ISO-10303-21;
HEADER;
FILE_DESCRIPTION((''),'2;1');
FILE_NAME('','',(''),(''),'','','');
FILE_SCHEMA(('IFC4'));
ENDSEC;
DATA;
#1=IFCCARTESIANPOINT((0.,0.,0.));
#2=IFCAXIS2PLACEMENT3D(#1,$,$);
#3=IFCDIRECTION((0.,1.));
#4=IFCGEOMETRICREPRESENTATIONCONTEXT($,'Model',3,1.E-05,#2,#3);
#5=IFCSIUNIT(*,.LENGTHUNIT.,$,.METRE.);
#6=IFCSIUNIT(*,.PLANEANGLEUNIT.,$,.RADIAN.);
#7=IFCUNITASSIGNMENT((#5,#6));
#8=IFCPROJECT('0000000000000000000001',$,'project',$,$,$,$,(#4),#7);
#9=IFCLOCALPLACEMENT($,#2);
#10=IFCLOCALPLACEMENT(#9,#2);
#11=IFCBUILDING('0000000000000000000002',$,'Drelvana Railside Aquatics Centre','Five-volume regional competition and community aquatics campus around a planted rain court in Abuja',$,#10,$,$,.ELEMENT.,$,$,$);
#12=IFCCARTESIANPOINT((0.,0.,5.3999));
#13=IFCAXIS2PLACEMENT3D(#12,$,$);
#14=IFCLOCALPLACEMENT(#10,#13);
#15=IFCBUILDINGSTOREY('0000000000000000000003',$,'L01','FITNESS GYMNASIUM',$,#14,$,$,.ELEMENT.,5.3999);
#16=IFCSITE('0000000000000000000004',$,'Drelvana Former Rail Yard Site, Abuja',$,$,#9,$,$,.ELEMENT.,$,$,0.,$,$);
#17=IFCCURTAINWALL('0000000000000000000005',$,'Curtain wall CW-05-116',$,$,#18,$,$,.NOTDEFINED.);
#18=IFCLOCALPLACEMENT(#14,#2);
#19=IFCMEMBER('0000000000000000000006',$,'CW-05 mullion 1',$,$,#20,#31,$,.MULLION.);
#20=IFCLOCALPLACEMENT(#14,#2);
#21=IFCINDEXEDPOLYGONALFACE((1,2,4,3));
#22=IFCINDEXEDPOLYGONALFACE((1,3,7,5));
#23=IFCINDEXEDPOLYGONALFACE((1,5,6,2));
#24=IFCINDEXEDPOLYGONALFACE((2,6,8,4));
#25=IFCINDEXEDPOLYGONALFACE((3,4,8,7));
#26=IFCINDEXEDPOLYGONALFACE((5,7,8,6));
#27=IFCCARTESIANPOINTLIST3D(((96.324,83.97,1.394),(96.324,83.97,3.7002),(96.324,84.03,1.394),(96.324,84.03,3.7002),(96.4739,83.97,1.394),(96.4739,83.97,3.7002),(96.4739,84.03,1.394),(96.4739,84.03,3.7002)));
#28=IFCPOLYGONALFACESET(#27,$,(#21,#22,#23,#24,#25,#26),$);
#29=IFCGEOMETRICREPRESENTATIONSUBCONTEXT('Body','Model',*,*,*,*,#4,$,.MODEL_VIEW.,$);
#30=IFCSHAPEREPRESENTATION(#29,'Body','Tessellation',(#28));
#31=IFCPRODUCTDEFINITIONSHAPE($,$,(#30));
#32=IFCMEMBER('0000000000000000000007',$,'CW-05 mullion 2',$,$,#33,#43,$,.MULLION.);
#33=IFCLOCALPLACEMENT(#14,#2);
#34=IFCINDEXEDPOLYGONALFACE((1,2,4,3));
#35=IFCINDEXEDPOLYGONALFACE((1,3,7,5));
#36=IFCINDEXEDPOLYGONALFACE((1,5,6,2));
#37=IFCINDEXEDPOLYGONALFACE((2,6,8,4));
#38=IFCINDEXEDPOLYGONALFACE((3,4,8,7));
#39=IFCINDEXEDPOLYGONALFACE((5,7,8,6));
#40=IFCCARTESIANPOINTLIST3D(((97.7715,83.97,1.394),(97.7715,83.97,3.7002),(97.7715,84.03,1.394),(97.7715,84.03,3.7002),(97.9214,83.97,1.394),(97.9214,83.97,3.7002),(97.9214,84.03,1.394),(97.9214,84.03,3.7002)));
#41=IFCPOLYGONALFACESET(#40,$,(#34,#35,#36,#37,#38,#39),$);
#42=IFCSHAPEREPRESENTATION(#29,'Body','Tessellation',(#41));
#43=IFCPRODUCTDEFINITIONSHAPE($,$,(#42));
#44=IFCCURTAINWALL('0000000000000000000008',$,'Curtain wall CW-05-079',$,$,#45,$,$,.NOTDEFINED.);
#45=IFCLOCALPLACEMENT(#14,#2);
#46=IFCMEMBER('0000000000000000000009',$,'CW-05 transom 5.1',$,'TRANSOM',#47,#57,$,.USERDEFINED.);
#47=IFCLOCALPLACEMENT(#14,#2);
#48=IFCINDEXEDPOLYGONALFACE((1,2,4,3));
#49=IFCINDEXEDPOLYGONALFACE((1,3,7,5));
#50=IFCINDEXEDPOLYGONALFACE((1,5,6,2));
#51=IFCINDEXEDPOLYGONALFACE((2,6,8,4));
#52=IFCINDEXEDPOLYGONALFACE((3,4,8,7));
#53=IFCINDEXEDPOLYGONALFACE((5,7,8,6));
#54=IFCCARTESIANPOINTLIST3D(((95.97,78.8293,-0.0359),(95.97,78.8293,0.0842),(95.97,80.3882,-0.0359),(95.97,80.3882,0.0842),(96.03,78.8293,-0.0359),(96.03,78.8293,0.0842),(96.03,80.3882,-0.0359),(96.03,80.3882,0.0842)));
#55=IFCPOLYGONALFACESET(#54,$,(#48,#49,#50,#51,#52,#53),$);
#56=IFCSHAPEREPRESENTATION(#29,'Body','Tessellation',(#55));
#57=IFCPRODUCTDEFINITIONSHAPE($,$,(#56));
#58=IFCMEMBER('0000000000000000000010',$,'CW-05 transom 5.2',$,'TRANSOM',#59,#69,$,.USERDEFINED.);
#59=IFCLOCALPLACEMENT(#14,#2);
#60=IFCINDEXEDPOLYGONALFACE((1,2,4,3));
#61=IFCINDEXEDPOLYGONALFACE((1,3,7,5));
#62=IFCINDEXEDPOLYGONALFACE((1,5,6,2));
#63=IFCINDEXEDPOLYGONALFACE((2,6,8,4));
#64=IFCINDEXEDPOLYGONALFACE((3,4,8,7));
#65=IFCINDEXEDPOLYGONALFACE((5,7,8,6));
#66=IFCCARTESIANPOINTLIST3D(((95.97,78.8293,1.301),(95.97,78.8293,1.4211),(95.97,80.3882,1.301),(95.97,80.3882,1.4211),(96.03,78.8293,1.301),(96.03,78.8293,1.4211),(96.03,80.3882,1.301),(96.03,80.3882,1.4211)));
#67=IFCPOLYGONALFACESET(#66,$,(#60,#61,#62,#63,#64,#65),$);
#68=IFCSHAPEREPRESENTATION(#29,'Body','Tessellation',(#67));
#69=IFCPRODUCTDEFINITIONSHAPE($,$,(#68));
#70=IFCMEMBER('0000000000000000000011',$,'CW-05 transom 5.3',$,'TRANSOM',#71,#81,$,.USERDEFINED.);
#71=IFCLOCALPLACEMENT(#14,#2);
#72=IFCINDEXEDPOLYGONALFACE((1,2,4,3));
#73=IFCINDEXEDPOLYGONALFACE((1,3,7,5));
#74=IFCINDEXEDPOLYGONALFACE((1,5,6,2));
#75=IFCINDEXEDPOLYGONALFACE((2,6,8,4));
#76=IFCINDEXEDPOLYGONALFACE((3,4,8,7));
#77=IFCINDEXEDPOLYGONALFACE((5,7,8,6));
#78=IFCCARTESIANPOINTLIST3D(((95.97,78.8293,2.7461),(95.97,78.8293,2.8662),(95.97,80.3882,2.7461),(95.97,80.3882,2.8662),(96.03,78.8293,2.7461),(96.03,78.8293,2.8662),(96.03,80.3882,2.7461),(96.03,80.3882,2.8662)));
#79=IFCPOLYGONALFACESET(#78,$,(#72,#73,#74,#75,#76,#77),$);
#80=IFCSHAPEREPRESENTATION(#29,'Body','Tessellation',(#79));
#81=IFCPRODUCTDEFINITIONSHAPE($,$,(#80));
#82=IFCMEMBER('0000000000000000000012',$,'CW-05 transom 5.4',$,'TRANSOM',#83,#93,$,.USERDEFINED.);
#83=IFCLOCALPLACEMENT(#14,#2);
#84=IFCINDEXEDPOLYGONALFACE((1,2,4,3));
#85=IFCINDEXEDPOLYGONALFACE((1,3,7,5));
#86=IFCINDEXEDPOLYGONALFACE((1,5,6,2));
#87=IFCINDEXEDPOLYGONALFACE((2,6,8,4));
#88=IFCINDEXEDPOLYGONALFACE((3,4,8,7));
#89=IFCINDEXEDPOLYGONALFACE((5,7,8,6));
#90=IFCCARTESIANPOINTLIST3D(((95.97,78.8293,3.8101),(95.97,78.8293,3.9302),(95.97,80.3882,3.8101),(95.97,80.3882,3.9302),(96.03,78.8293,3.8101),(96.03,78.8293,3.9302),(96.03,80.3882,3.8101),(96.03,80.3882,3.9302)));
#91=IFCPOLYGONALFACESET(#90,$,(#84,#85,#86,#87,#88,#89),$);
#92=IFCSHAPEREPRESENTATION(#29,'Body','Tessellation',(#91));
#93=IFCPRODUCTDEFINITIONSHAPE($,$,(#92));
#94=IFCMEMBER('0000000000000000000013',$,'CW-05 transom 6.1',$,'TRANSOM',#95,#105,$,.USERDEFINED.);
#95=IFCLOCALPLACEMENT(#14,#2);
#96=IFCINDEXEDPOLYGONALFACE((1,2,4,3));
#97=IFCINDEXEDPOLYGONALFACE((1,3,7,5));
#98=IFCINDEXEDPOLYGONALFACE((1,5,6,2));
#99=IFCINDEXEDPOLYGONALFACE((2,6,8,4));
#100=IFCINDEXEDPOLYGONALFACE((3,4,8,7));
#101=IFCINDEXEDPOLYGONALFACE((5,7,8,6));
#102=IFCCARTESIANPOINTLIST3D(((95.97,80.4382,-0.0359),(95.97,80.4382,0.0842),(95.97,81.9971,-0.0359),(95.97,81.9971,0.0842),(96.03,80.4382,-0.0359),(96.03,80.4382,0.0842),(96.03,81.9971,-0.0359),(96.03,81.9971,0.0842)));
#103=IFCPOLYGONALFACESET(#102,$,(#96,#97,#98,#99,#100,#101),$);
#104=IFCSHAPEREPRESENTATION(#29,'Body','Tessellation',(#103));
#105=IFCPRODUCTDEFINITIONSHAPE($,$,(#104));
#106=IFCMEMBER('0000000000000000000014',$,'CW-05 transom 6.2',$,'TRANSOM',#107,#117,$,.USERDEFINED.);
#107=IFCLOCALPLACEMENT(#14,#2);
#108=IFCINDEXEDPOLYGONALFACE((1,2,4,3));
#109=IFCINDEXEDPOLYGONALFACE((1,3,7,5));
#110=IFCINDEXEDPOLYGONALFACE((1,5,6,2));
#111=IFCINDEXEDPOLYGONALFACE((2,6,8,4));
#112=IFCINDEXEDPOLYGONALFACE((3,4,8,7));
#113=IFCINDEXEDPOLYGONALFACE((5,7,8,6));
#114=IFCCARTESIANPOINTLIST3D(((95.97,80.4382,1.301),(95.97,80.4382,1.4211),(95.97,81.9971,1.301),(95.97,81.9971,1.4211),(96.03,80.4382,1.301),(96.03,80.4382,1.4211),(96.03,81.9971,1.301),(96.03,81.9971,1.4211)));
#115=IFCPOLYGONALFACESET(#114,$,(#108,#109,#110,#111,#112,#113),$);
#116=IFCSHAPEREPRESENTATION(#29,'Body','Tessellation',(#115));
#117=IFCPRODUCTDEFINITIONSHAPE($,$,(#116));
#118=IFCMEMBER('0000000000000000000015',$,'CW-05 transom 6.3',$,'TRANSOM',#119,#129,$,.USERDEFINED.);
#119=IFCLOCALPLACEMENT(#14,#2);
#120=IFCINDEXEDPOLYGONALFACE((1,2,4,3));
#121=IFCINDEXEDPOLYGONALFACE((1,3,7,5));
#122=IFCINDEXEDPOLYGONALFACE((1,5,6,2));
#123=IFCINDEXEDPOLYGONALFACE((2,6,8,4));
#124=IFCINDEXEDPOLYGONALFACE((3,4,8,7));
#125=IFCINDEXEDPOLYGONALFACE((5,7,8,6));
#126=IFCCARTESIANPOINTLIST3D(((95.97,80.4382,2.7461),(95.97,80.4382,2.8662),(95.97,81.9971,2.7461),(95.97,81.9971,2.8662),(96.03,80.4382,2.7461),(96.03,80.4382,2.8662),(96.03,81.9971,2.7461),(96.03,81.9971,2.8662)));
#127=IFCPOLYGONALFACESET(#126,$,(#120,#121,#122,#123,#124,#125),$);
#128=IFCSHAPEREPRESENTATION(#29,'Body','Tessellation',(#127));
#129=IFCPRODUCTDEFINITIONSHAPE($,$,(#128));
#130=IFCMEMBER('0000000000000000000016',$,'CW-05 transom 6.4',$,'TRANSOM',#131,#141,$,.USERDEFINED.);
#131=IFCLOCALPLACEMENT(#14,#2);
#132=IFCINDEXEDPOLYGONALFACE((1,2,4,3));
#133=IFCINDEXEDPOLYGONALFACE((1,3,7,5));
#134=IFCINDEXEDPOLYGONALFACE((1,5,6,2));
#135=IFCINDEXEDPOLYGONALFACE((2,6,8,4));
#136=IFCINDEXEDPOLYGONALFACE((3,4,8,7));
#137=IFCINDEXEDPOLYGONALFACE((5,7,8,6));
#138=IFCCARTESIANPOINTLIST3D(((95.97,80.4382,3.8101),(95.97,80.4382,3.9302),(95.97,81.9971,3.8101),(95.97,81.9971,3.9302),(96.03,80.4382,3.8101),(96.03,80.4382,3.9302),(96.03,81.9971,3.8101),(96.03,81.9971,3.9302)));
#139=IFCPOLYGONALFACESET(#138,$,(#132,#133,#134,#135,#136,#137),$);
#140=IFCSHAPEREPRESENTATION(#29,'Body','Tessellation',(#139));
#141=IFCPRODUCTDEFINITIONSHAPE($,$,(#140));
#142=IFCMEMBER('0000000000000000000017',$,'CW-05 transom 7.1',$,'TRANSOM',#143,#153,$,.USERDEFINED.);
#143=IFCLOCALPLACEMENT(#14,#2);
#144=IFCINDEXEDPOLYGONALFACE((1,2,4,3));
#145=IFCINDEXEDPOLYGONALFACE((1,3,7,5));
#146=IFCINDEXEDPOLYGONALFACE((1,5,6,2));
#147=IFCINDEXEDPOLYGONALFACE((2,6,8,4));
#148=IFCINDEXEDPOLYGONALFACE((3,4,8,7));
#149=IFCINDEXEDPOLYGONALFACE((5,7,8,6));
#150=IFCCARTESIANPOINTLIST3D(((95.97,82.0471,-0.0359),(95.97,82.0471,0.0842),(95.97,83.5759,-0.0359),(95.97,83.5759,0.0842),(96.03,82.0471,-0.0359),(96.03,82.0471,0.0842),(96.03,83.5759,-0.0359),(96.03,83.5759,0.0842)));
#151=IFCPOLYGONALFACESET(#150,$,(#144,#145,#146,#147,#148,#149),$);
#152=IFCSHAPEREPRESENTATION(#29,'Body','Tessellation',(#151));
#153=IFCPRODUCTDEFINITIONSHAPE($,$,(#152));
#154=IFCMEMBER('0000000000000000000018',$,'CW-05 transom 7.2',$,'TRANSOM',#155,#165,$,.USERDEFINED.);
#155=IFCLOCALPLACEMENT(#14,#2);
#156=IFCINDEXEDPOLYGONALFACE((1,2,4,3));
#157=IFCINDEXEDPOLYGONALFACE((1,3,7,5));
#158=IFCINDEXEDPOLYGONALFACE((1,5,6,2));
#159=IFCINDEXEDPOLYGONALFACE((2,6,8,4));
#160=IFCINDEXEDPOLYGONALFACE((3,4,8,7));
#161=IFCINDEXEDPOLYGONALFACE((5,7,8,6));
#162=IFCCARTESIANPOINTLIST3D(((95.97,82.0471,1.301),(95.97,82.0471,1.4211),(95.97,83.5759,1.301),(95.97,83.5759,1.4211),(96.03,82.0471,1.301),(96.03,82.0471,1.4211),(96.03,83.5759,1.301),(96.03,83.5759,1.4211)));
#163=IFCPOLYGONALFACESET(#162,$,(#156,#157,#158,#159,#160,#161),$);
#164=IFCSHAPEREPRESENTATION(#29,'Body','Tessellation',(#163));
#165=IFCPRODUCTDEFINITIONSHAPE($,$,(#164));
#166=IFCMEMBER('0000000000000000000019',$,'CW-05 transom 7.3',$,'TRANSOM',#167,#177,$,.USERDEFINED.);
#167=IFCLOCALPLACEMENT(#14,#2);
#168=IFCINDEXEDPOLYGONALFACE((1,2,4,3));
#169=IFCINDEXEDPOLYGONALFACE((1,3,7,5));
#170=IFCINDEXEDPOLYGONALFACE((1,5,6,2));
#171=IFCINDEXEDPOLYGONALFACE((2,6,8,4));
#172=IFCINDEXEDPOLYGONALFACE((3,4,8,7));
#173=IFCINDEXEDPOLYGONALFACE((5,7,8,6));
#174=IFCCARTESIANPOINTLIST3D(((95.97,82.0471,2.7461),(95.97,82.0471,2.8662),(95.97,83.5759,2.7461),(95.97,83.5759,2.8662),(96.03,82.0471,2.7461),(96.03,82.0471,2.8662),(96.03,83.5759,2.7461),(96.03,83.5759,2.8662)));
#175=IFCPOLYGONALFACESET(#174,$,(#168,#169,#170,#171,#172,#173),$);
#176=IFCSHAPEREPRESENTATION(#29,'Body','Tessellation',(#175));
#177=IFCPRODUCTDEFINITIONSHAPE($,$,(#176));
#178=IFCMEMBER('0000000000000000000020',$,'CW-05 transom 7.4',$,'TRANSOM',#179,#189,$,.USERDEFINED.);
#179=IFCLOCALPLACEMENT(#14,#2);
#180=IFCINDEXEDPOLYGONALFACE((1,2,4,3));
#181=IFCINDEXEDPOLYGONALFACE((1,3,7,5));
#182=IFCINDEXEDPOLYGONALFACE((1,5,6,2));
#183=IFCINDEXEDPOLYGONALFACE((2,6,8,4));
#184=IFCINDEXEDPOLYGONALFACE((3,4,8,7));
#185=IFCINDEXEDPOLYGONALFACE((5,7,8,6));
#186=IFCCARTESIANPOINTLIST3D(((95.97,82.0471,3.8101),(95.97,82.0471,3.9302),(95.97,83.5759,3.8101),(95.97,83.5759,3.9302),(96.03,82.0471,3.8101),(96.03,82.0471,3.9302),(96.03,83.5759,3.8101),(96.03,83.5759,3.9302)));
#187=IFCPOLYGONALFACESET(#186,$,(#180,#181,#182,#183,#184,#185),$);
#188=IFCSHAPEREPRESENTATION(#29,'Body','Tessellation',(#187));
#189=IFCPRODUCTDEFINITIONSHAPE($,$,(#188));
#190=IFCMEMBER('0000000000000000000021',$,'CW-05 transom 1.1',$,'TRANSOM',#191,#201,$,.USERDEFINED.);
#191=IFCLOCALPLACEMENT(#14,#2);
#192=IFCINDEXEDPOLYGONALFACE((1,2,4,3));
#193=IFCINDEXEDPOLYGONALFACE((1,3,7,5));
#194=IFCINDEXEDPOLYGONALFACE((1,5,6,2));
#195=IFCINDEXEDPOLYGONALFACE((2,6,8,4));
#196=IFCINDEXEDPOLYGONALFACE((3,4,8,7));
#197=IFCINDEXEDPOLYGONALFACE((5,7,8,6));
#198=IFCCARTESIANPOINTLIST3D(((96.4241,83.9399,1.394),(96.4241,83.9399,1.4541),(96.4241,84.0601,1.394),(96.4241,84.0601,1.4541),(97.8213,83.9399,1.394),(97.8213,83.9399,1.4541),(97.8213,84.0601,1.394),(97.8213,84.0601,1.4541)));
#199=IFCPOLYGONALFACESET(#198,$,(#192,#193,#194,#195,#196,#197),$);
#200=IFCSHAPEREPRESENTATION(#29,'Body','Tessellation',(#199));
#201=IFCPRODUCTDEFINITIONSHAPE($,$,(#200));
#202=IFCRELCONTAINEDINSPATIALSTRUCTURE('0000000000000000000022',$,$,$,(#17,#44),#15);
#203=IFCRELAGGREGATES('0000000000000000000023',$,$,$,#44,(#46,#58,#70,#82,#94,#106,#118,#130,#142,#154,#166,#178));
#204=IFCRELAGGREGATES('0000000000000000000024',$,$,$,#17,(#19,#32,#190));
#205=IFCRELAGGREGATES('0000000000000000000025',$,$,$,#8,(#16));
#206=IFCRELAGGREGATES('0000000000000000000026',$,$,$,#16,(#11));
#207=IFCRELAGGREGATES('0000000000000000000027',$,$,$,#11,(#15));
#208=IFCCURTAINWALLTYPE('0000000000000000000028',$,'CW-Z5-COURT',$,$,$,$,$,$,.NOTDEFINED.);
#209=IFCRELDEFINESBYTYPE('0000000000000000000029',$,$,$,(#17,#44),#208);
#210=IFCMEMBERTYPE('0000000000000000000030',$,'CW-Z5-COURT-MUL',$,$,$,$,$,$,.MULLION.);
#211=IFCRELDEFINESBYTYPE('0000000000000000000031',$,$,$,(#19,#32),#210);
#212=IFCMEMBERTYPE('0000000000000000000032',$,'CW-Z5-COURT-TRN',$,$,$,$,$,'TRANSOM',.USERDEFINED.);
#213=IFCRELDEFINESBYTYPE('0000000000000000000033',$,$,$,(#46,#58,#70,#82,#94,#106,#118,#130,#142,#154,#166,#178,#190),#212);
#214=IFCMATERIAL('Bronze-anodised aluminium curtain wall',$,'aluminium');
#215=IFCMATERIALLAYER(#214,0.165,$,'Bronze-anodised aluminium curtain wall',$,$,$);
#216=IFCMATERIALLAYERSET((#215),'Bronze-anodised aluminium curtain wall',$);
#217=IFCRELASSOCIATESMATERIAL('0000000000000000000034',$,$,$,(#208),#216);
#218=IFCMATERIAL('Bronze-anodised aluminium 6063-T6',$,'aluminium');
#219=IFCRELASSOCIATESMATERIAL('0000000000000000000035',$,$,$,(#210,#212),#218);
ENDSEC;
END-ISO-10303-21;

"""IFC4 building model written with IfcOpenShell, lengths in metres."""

from ifc_helpers import new_model, si_unit, direction, frame, origin, origin_2d, place, context, subcontext, project, spatial, rectangle, extrude, material, layer, layer_set, material_profile, profile_set, type_object, element, aggregate, save


model = new_model("IFC4")

# Units and contexts
model_context = context("Model", 3, precision=1e-05, world=origin(), true_north=direction((0.0, 1.0)))
body_context = subcontext(model_context, "Body", "Model", "MODEL_VIEW")
ifc_project = project(units=[si_unit("LENGTHUNIT", "METRE"), si_unit("PLANEANGLEUNIT", "RADIAN")], contexts=[model_context])

# Site, building, storey
site_placement = place(None, origin())
site = spatial("IfcSite", under=ifc_project, at=site_placement, Name="Drelvana Former Rail Yard Site, Abuja", CompositionType="ELEMENT", RefElevation=0.0)
building_placement = place(site_placement, origin())
building = spatial("IfcBuilding", under=site, at=building_placement, Name="Drelvana Railside Aquatics Centre", Description="Five-volume regional competition and community aquatics campus around a planted rain court in Abuja", CompositionType="ELEMENT")
storey_placement = place(building_placement, frame((0.0, 0.0, 5.3999)))
storey = spatial("IfcBuildingStorey", under=building, at=storey_placement, Name="L01", Description="FITNESS GYMNASIUM", CompositionType="ELEMENT", Elevation=5.3999)

# Curtain walls, members
ifc_material_1 = material(Name="Bronze-anodised aluminium curtain wall", Category="aluminium")
ifc_layer_1 = layer(ifc_material_1, 0.165, Name="Bronze-anodised aluminium curtain wall")
ifc_layer_set_1 = layer_set([ifc_layer_1], Name="Bronze-anodised aluminium curtain wall")
curtain_wall_type = type_object("IfcCurtainWallType", Name="CW-Z5-COURT", PredefinedType="NOTDEFINED", material=ifc_layer_set_1)
curtain_wall_1_placement = place(storey_placement, origin())
curtain_wall_1 = element("IfcCurtainWall", 1, at=curtain_wall_1_placement, inside=storey, type_object=curtain_wall_type, Name="Curtain wall CW-05-116", PredefinedType="NOTDEFINED")
ifc_material_2 = material(Name="Bronze-anodised aluminium 6063-T6", Category="aluminium")
ifc_material_profile_1 = material_profile(ifc_material_2, rectangle(XDim=0.0601, YDim=0.1499, at=origin_2d()), Name="ALU-M 60x150")
ifc_profile_set_1 = profile_set([ifc_material_profile_1], Name="Bronze-anodised aluminium 6063-T6")
member_type_1 = type_object("IfcMemberType", Name="CW-Z5-COURT-MUL", PredefinedType="MULLION", material=ifc_profile_set_1)
member_1_placement = place(storey_placement, frame((96.3989, 84.0, 1.394), z_axis=(0.0, 0.0, 1.0), x_axis=(0.0, 1.0, 0.0)))
member_1 = element("IfcMember", 2, at=member_1_placement, type_object=member_type_1, Name="CW-05 mullion 1", PredefinedType="MULLION", context=body_context, shape_type="SweptSolid", body=[
    extrude(rectangle(XDim=0.0601, YDim=0.1499, at=origin_2d()), origin(), (0.0, 0.0, 1.0), 2.3062),
])
member_2_placement = place(storey_placement, frame((97.8464, 84.0, 1.394), z_axis=(0.0, 0.0, 1.0), x_axis=(0.0, 1.0, 0.0)))
member_2 = element("IfcMember", 3, at=member_2_placement, type_object=member_type_1, Name="CW-05 mullion 2", PredefinedType="MULLION", context=body_context, shape_type="SweptSolid", body=[
    extrude(rectangle(XDim=0.0601, YDim=0.1499, at=origin_2d()), origin(), (0.0, 0.0, 1.0), 2.3062),
])
curtain_wall_2_placement = place(storey_placement, origin())
curtain_wall_2 = element("IfcCurtainWall", 4, at=curtain_wall_2_placement, inside=storey, type_object=curtain_wall_type, Name="Curtain wall CW-05-079", PredefinedType="NOTDEFINED")
ifc_material_profile_2 = material_profile(ifc_material_2, rectangle(XDim=0.1201, YDim=0.0601, at=origin_2d()), Name="ALU-T 60x120")
ifc_profile_set_2 = profile_set([ifc_material_profile_2], Name="Bronze-anodised aluminium 6063-T6")
member_type_2 = type_object("IfcMemberType", Name="CW-Z5-COURT-TRN", ElementType="TRANSOM", PredefinedType="USERDEFINED", material=ifc_profile_set_2)
member_3_placement = place(storey_placement, frame((96.0, 78.8293, 0.0242), z_axis=(0.0, 1.0, 0.0), x_axis=(0.0, 0.0, 1.0)))
member_3 = element("IfcMember", 5, at=member_3_placement, type_object=member_type_2, Name="CW-05 transom 5.1", ObjectType="TRANSOM", PredefinedType="USERDEFINED", context=body_context, shape_type="SweptSolid", body=[
    extrude(rectangle(XDim=0.1201, YDim=0.0601, at=origin_2d()), origin(), (0.0, 0.0, 1.0), 1.5588),
])
member_4_placement = place(storey_placement, frame((96.0, 78.8293, 1.3611), z_axis=(0.0, 1.0, 0.0), x_axis=(0.0, 0.0, 1.0)))
member_4 = element("IfcMember", 6, at=member_4_placement, type_object=member_type_2, Name="CW-05 transom 5.2", ObjectType="TRANSOM", PredefinedType="USERDEFINED", context=body_context, shape_type="SweptSolid", body=[
    extrude(rectangle(XDim=0.1201, YDim=0.0601, at=origin_2d()), origin(), (0.0, 0.0, 1.0), 1.5588),
])
member_5_placement = place(storey_placement, frame((96.0, 78.8293, 2.8062), z_axis=(0.0, 1.0, 0.0), x_axis=(0.0, 0.0, 1.0)))
member_5 = element("IfcMember", 7, at=member_5_placement, type_object=member_type_2, Name="CW-05 transom 5.3", ObjectType="TRANSOM", PredefinedType="USERDEFINED", context=body_context, shape_type="SweptSolid", body=[
    extrude(rectangle(XDim=0.1201, YDim=0.0601, at=origin_2d()), origin(), (0.0, 0.0, 1.0), 1.5588),
])
member_6_placement = place(storey_placement, frame((96.0, 78.8293, 3.8701), z_axis=(0.0, 1.0, 0.0), x_axis=(0.0, 0.0, 1.0)))
member_6 = element("IfcMember", 8, at=member_6_placement, type_object=member_type_2, Name="CW-05 transom 5.4", ObjectType="TRANSOM", PredefinedType="USERDEFINED", context=body_context, shape_type="SweptSolid", body=[
    extrude(rectangle(XDim=0.1201, YDim=0.0601, at=origin_2d()), origin(), (0.0, 0.0, 1.0), 1.5588),
])
member_7_placement = place(storey_placement, frame((96.0, 80.4382, 0.0242), z_axis=(0.0, 1.0, 0.0), x_axis=(0.0, 0.0, 1.0)))
member_7 = element("IfcMember", 9, at=member_7_placement, type_object=member_type_2, Name="CW-05 transom 6.1", ObjectType="TRANSOM", PredefinedType="USERDEFINED", context=body_context, shape_type="SweptSolid", body=[
    extrude(rectangle(XDim=0.1201, YDim=0.0601, at=origin_2d()), origin(), (0.0, 0.0, 1.0), 1.5588),
])
member_8_placement = place(storey_placement, frame((96.0, 80.4382, 1.3611), z_axis=(0.0, 1.0, 0.0), x_axis=(0.0, 0.0, 1.0)))
member_8 = element("IfcMember", 10, at=member_8_placement, type_object=member_type_2, Name="CW-05 transom 6.2", ObjectType="TRANSOM", PredefinedType="USERDEFINED", context=body_context, shape_type="SweptSolid", body=[
    extrude(rectangle(XDim=0.1201, YDim=0.0601, at=origin_2d()), origin(), (0.0, 0.0, 1.0), 1.5588),
])
member_9_placement = place(storey_placement, frame((96.0, 80.4382, 2.8062), z_axis=(0.0, 1.0, 0.0), x_axis=(0.0, 0.0, 1.0)))
member_9 = element("IfcMember", 11, at=member_9_placement, type_object=member_type_2, Name="CW-05 transom 6.3", ObjectType="TRANSOM", PredefinedType="USERDEFINED", context=body_context, shape_type="SweptSolid", body=[
    extrude(rectangle(XDim=0.1201, YDim=0.0601, at=origin_2d()), origin(), (0.0, 0.0, 1.0), 1.5588),
])
member_10_placement = place(storey_placement, frame((96.0, 80.4382, 3.8701), z_axis=(0.0, 1.0, 0.0), x_axis=(0.0, 0.0, 1.0)))
member_10 = element("IfcMember", 12, at=member_10_placement, type_object=member_type_2, Name="CW-05 transom 6.4", ObjectType="TRANSOM", PredefinedType="USERDEFINED", context=body_context, shape_type="SweptSolid", body=[
    extrude(rectangle(XDim=0.1201, YDim=0.0601, at=origin_2d()), origin(), (0.0, 0.0, 1.0), 1.5588),
])
member_11_placement = place(storey_placement, frame((96.0, 82.0471, 0.0242), z_axis=(0.0, 1.0, 0.0), x_axis=(0.0, 0.0, 1.0)))
member_11 = element("IfcMember", 13, at=member_11_placement, type_object=member_type_2, Name="CW-05 transom 7.1", ObjectType="TRANSOM", PredefinedType="USERDEFINED", context=body_context, shape_type="SweptSolid", body=[
    extrude(rectangle(XDim=0.1201, YDim=0.0601, at=origin_2d()), origin(), (0.0, 0.0, 1.0), 1.5288),
])
member_12_placement = place(storey_placement, frame((96.0, 82.0471, 1.3611), z_axis=(0.0, 1.0, 0.0), x_axis=(0.0, 0.0, 1.0)))
member_12 = element("IfcMember", 14, at=member_12_placement, type_object=member_type_2, Name="CW-05 transom 7.2", ObjectType="TRANSOM", PredefinedType="USERDEFINED", context=body_context, shape_type="SweptSolid", body=[
    extrude(rectangle(XDim=0.1201, YDim=0.0601, at=origin_2d()), origin(), (0.0, 0.0, 1.0), 1.5288),
])
member_13_placement = place(storey_placement, frame((96.0, 82.0471, 2.8062), z_axis=(0.0, 1.0, 0.0), x_axis=(0.0, 0.0, 1.0)))
member_13 = element("IfcMember", 15, at=member_13_placement, type_object=member_type_2, Name="CW-05 transom 7.3", ObjectType="TRANSOM", PredefinedType="USERDEFINED", context=body_context, shape_type="SweptSolid", body=[
    extrude(rectangle(XDim=0.1201, YDim=0.0601, at=origin_2d()), origin(), (0.0, 0.0, 1.0), 1.5288),
])
member_14_placement = place(storey_placement, frame((96.0, 82.0471, 3.8701), z_axis=(0.0, 1.0, 0.0), x_axis=(0.0, 0.0, 1.0)))
member_14 = element("IfcMember", 16, at=member_14_placement, type_object=member_type_2, Name="CW-05 transom 7.4", ObjectType="TRANSOM", PredefinedType="USERDEFINED", context=body_context, shape_type="SweptSolid", body=[
    extrude(rectangle(XDim=0.1201, YDim=0.0601, at=origin_2d()), origin(), (0.0, 0.0, 1.0), 1.5288),
])

# Member
member_15_placement = place(storey_placement, frame((96.4241, 84.0, 1.4241), z_axis=(1.0, 0.0, 0.0), x_axis=(0.0, 1.0, 0.0)))
member_15 = element("IfcMember", 17, at=member_15_placement, type_object=member_type_2, Name="CW-05 transom 1.1", ObjectType="TRANSOM", PredefinedType="USERDEFINED", context=body_context, shape_type="SweptSolid", body=[
    extrude(rectangle(XDim=0.1201, YDim=0.0601, at=origin_2d()), origin(), (0.0, 0.0, 1.0), 1.3972),
])

aggregate(curtain_wall_2, [member_3, member_4, member_5, member_6, member_7, member_8, member_9, member_10, member_11, member_12, member_13, member_14])
aggregate(curtain_wall_1, [member_1, member_2, member_15])

save(model, "model.ifc")
